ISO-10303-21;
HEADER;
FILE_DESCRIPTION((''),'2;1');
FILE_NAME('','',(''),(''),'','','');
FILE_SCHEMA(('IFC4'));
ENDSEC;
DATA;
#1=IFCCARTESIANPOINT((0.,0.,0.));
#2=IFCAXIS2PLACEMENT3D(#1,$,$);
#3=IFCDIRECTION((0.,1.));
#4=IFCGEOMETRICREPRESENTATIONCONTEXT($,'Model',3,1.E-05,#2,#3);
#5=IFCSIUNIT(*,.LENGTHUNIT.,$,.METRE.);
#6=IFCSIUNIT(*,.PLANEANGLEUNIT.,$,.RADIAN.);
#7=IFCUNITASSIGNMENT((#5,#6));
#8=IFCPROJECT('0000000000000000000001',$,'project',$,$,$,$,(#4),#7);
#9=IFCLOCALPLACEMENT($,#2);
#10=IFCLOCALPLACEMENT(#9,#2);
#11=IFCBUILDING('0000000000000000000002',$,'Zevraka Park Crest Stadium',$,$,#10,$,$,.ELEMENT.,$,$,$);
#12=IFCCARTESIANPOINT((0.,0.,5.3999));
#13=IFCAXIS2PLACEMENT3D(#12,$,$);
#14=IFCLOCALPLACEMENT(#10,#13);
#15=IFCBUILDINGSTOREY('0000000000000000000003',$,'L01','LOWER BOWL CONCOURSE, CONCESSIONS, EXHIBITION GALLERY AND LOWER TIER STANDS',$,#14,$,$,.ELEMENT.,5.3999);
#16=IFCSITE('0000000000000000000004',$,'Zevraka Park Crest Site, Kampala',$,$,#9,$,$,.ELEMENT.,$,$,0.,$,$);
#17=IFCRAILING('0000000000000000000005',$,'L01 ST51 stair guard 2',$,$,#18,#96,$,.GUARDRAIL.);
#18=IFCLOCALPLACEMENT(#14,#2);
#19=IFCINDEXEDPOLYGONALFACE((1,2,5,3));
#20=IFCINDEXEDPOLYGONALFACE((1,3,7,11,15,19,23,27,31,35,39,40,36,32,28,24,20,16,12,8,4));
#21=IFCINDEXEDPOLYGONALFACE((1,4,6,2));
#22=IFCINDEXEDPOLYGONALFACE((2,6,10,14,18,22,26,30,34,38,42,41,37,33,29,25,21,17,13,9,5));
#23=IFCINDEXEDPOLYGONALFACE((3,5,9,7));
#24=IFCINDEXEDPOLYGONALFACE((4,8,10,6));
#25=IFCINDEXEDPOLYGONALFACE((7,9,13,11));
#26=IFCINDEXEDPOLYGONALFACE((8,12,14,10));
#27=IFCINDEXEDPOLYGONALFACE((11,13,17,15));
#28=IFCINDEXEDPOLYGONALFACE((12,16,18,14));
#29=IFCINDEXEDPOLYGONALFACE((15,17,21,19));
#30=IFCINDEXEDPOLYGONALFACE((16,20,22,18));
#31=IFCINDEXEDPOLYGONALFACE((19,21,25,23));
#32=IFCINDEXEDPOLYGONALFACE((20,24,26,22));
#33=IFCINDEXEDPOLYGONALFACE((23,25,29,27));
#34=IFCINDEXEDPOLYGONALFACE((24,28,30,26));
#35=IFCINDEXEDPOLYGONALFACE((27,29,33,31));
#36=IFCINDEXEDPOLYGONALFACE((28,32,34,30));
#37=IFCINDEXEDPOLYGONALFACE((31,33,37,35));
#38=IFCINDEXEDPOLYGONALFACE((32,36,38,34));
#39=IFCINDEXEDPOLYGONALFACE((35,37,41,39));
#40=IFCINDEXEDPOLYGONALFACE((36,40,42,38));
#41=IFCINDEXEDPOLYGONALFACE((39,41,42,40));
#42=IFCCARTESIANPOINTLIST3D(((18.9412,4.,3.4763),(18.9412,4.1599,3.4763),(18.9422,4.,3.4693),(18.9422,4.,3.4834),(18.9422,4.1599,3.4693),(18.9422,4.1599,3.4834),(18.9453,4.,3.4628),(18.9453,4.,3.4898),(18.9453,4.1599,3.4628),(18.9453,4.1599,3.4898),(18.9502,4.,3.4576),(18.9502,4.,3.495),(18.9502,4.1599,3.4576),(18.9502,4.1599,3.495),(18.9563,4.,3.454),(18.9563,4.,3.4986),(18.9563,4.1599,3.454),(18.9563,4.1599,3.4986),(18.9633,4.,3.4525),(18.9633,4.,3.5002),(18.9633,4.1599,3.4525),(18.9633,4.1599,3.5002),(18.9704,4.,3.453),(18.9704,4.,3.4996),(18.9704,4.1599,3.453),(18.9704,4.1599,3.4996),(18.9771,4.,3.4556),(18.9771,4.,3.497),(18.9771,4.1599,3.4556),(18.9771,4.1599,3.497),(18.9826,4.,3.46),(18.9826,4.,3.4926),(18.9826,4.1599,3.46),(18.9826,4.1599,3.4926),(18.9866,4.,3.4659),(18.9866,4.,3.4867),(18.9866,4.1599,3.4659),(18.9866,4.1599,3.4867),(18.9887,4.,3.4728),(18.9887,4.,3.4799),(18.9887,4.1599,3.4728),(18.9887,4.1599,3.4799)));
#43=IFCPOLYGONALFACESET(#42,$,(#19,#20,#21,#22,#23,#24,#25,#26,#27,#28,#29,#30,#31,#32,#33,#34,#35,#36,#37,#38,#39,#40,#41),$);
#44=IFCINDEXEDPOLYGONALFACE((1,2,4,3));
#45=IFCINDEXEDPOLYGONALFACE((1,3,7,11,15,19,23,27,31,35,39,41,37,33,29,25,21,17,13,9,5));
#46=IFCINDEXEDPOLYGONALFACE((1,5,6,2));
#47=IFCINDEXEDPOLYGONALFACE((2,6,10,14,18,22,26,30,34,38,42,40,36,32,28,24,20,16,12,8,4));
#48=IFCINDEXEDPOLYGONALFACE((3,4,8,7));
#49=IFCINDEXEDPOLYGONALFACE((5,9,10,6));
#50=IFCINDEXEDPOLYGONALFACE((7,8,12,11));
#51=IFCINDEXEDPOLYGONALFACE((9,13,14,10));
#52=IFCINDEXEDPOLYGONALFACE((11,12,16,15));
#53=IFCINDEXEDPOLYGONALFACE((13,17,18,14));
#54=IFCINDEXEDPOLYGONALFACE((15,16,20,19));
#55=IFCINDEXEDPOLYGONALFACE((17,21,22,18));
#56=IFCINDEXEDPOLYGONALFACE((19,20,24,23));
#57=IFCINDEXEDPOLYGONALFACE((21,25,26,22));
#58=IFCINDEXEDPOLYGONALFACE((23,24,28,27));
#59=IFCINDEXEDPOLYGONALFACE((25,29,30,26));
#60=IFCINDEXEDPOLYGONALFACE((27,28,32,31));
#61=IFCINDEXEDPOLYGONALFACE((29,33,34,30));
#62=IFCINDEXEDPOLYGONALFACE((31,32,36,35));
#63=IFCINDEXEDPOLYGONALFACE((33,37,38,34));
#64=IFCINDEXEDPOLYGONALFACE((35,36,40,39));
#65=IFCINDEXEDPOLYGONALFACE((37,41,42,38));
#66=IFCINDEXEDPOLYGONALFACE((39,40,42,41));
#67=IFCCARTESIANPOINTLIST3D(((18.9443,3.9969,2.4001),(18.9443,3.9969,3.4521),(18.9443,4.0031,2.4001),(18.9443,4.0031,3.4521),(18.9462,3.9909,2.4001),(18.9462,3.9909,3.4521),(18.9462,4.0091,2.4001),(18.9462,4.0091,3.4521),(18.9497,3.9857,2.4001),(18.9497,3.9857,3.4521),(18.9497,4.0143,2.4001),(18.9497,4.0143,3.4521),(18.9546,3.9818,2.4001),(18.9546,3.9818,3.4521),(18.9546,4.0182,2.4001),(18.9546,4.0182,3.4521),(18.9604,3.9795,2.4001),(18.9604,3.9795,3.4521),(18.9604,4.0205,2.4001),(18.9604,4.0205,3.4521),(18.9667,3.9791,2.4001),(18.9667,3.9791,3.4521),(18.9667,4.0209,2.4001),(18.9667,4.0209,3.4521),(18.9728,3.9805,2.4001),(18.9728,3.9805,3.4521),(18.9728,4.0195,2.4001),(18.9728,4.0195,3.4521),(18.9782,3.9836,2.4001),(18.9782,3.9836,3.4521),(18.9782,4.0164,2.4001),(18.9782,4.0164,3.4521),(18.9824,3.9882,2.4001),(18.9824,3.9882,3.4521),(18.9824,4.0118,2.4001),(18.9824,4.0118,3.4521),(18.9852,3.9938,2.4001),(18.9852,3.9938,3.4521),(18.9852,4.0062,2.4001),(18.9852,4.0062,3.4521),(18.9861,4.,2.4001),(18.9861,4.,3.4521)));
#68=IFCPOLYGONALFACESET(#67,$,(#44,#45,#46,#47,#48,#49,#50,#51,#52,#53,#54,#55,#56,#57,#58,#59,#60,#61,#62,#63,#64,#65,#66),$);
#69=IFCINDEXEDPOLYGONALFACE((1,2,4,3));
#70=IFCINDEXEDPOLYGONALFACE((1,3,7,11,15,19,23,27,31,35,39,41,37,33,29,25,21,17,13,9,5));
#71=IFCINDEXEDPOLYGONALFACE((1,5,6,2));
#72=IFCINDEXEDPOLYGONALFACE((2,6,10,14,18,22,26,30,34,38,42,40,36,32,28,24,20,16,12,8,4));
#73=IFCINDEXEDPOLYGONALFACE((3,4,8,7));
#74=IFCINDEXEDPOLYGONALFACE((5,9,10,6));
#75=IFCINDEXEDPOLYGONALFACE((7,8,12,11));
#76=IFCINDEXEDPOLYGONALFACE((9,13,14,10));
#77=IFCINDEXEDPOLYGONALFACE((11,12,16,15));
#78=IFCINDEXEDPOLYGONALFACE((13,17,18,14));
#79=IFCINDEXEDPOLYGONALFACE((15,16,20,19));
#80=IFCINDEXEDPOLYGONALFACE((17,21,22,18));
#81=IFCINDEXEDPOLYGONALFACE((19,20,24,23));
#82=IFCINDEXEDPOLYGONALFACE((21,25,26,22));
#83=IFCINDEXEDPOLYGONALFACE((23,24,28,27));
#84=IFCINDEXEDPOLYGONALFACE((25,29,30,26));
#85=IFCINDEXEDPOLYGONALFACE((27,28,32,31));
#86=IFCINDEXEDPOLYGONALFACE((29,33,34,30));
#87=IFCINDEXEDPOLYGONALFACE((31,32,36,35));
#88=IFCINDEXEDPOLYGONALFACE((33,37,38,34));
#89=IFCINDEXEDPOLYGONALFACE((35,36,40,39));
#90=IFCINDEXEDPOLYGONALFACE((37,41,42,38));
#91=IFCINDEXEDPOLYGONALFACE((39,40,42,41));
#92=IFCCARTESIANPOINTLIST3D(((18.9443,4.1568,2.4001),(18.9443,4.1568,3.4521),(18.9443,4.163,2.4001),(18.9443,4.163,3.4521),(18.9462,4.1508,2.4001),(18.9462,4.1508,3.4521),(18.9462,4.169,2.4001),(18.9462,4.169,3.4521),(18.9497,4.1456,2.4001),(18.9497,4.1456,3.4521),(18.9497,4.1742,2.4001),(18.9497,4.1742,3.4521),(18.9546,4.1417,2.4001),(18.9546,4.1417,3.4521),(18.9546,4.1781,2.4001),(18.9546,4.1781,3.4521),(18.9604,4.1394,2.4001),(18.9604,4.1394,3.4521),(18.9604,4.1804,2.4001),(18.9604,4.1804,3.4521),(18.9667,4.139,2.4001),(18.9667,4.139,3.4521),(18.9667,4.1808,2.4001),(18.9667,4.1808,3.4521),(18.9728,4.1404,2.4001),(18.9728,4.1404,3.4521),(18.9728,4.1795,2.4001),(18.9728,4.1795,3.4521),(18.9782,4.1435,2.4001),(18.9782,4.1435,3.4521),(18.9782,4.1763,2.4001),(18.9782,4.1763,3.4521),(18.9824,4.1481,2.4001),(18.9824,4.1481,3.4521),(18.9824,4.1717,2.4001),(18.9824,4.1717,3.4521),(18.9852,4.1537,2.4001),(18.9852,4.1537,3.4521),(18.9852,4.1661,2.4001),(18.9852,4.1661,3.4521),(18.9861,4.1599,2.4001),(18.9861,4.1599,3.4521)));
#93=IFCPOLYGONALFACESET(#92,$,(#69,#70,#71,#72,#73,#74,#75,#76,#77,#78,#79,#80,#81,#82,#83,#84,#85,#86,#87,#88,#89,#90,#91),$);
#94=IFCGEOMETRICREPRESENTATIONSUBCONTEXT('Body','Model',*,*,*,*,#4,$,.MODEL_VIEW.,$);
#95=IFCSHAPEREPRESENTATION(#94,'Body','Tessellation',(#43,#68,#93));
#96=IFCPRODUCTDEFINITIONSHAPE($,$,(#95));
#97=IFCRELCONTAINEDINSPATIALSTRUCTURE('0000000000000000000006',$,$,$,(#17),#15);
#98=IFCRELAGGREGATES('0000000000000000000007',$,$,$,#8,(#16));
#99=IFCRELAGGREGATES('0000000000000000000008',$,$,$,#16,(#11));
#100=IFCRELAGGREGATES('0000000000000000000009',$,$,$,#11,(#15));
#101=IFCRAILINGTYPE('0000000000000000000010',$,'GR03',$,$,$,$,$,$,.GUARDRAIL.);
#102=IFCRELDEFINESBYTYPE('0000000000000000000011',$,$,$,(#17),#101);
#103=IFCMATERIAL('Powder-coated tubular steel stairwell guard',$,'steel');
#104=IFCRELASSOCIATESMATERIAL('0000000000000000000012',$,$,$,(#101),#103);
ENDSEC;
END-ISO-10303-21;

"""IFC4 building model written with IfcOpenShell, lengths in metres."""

from ifc_helpers import new_model, si_unit, direction, frame, origin, origin_2d, place, context, subcontext, project, spatial, circle, extrude, material, type_object, element, save


model = new_model("IFC4")

# Units and contexts
model_context = context("Model", 3, precision=1e-05, world=origin(), true_north=direction((0.0, 1.0)))
body_context = subcontext(model_context, "Body", "Model", "MODEL_VIEW")
ifc_project = project(units=[si_unit("LENGTHUNIT", "METRE"), si_unit("PLANEANGLEUNIT", "RADIAN")], contexts=[model_context])

# Site, building, storey
site_placement = place(None, origin())
site = spatial("IfcSite", under=ifc_project, at=site_placement, Name="Zevraka Park Crest Site, Kampala", CompositionType="ELEMENT", RefElevation=0.0)
building_placement = place(site_placement, origin())
building = spatial("IfcBuilding", under=site, at=building_placement, Name="Zevraka Park Crest Stadium", CompositionType="ELEMENT")
storey_placement = place(building_placement, frame((0.0, 0.0, 5.3999)))
storey = spatial("IfcBuildingStorey", under=building, at=storey_placement, Name="L01", Description="LOWER BOWL CONCOURSE, CONCESSIONS, EXHIBITION GALLERY AND LOWER TIER STANDS", CompositionType="ELEMENT", Elevation=5.3999)

# Railing
ifc_material_1 = material(Name="Powder-coated tubular steel stairwell guard", Category="steel")
railing_type_1 = type_object("IfcRailingType", Name="GR03", PredefinedType="GUARDRAIL", material=ifc_material_1)
railing_1_placement = place(storey_placement, frame((18.9651, 4.0, 2.4001)))
element("IfcRailing", 1, at=railing_1_placement, inside=storey, type_object=railing_type_1, Name="L01 ST51 stair guard 2", PredefinedType="GUARDRAIL", context=body_context, shape_type="SweptSolid", body=[
    extrude(circle(Radius=0.0239, at=origin_2d()), frame((0.0, 0.0, 1.0762), z_axis=(0.0, 1.0, 0.0), x_axis=(-1.0, 0.0, 0.0)), (0.0, 0.0, 1.0), 0.1599),
    extrude(circle(Radius=0.021, at=origin_2d()), origin(), (0.0, 0.0, 1.0), 1.052),
    extrude(circle(Radius=0.021, at=origin_2d()), frame((0.0, 0.1599, 0.0)), (0.0, 0.0, 1.0), 1.052),
])

save(model, "model.ifc")
